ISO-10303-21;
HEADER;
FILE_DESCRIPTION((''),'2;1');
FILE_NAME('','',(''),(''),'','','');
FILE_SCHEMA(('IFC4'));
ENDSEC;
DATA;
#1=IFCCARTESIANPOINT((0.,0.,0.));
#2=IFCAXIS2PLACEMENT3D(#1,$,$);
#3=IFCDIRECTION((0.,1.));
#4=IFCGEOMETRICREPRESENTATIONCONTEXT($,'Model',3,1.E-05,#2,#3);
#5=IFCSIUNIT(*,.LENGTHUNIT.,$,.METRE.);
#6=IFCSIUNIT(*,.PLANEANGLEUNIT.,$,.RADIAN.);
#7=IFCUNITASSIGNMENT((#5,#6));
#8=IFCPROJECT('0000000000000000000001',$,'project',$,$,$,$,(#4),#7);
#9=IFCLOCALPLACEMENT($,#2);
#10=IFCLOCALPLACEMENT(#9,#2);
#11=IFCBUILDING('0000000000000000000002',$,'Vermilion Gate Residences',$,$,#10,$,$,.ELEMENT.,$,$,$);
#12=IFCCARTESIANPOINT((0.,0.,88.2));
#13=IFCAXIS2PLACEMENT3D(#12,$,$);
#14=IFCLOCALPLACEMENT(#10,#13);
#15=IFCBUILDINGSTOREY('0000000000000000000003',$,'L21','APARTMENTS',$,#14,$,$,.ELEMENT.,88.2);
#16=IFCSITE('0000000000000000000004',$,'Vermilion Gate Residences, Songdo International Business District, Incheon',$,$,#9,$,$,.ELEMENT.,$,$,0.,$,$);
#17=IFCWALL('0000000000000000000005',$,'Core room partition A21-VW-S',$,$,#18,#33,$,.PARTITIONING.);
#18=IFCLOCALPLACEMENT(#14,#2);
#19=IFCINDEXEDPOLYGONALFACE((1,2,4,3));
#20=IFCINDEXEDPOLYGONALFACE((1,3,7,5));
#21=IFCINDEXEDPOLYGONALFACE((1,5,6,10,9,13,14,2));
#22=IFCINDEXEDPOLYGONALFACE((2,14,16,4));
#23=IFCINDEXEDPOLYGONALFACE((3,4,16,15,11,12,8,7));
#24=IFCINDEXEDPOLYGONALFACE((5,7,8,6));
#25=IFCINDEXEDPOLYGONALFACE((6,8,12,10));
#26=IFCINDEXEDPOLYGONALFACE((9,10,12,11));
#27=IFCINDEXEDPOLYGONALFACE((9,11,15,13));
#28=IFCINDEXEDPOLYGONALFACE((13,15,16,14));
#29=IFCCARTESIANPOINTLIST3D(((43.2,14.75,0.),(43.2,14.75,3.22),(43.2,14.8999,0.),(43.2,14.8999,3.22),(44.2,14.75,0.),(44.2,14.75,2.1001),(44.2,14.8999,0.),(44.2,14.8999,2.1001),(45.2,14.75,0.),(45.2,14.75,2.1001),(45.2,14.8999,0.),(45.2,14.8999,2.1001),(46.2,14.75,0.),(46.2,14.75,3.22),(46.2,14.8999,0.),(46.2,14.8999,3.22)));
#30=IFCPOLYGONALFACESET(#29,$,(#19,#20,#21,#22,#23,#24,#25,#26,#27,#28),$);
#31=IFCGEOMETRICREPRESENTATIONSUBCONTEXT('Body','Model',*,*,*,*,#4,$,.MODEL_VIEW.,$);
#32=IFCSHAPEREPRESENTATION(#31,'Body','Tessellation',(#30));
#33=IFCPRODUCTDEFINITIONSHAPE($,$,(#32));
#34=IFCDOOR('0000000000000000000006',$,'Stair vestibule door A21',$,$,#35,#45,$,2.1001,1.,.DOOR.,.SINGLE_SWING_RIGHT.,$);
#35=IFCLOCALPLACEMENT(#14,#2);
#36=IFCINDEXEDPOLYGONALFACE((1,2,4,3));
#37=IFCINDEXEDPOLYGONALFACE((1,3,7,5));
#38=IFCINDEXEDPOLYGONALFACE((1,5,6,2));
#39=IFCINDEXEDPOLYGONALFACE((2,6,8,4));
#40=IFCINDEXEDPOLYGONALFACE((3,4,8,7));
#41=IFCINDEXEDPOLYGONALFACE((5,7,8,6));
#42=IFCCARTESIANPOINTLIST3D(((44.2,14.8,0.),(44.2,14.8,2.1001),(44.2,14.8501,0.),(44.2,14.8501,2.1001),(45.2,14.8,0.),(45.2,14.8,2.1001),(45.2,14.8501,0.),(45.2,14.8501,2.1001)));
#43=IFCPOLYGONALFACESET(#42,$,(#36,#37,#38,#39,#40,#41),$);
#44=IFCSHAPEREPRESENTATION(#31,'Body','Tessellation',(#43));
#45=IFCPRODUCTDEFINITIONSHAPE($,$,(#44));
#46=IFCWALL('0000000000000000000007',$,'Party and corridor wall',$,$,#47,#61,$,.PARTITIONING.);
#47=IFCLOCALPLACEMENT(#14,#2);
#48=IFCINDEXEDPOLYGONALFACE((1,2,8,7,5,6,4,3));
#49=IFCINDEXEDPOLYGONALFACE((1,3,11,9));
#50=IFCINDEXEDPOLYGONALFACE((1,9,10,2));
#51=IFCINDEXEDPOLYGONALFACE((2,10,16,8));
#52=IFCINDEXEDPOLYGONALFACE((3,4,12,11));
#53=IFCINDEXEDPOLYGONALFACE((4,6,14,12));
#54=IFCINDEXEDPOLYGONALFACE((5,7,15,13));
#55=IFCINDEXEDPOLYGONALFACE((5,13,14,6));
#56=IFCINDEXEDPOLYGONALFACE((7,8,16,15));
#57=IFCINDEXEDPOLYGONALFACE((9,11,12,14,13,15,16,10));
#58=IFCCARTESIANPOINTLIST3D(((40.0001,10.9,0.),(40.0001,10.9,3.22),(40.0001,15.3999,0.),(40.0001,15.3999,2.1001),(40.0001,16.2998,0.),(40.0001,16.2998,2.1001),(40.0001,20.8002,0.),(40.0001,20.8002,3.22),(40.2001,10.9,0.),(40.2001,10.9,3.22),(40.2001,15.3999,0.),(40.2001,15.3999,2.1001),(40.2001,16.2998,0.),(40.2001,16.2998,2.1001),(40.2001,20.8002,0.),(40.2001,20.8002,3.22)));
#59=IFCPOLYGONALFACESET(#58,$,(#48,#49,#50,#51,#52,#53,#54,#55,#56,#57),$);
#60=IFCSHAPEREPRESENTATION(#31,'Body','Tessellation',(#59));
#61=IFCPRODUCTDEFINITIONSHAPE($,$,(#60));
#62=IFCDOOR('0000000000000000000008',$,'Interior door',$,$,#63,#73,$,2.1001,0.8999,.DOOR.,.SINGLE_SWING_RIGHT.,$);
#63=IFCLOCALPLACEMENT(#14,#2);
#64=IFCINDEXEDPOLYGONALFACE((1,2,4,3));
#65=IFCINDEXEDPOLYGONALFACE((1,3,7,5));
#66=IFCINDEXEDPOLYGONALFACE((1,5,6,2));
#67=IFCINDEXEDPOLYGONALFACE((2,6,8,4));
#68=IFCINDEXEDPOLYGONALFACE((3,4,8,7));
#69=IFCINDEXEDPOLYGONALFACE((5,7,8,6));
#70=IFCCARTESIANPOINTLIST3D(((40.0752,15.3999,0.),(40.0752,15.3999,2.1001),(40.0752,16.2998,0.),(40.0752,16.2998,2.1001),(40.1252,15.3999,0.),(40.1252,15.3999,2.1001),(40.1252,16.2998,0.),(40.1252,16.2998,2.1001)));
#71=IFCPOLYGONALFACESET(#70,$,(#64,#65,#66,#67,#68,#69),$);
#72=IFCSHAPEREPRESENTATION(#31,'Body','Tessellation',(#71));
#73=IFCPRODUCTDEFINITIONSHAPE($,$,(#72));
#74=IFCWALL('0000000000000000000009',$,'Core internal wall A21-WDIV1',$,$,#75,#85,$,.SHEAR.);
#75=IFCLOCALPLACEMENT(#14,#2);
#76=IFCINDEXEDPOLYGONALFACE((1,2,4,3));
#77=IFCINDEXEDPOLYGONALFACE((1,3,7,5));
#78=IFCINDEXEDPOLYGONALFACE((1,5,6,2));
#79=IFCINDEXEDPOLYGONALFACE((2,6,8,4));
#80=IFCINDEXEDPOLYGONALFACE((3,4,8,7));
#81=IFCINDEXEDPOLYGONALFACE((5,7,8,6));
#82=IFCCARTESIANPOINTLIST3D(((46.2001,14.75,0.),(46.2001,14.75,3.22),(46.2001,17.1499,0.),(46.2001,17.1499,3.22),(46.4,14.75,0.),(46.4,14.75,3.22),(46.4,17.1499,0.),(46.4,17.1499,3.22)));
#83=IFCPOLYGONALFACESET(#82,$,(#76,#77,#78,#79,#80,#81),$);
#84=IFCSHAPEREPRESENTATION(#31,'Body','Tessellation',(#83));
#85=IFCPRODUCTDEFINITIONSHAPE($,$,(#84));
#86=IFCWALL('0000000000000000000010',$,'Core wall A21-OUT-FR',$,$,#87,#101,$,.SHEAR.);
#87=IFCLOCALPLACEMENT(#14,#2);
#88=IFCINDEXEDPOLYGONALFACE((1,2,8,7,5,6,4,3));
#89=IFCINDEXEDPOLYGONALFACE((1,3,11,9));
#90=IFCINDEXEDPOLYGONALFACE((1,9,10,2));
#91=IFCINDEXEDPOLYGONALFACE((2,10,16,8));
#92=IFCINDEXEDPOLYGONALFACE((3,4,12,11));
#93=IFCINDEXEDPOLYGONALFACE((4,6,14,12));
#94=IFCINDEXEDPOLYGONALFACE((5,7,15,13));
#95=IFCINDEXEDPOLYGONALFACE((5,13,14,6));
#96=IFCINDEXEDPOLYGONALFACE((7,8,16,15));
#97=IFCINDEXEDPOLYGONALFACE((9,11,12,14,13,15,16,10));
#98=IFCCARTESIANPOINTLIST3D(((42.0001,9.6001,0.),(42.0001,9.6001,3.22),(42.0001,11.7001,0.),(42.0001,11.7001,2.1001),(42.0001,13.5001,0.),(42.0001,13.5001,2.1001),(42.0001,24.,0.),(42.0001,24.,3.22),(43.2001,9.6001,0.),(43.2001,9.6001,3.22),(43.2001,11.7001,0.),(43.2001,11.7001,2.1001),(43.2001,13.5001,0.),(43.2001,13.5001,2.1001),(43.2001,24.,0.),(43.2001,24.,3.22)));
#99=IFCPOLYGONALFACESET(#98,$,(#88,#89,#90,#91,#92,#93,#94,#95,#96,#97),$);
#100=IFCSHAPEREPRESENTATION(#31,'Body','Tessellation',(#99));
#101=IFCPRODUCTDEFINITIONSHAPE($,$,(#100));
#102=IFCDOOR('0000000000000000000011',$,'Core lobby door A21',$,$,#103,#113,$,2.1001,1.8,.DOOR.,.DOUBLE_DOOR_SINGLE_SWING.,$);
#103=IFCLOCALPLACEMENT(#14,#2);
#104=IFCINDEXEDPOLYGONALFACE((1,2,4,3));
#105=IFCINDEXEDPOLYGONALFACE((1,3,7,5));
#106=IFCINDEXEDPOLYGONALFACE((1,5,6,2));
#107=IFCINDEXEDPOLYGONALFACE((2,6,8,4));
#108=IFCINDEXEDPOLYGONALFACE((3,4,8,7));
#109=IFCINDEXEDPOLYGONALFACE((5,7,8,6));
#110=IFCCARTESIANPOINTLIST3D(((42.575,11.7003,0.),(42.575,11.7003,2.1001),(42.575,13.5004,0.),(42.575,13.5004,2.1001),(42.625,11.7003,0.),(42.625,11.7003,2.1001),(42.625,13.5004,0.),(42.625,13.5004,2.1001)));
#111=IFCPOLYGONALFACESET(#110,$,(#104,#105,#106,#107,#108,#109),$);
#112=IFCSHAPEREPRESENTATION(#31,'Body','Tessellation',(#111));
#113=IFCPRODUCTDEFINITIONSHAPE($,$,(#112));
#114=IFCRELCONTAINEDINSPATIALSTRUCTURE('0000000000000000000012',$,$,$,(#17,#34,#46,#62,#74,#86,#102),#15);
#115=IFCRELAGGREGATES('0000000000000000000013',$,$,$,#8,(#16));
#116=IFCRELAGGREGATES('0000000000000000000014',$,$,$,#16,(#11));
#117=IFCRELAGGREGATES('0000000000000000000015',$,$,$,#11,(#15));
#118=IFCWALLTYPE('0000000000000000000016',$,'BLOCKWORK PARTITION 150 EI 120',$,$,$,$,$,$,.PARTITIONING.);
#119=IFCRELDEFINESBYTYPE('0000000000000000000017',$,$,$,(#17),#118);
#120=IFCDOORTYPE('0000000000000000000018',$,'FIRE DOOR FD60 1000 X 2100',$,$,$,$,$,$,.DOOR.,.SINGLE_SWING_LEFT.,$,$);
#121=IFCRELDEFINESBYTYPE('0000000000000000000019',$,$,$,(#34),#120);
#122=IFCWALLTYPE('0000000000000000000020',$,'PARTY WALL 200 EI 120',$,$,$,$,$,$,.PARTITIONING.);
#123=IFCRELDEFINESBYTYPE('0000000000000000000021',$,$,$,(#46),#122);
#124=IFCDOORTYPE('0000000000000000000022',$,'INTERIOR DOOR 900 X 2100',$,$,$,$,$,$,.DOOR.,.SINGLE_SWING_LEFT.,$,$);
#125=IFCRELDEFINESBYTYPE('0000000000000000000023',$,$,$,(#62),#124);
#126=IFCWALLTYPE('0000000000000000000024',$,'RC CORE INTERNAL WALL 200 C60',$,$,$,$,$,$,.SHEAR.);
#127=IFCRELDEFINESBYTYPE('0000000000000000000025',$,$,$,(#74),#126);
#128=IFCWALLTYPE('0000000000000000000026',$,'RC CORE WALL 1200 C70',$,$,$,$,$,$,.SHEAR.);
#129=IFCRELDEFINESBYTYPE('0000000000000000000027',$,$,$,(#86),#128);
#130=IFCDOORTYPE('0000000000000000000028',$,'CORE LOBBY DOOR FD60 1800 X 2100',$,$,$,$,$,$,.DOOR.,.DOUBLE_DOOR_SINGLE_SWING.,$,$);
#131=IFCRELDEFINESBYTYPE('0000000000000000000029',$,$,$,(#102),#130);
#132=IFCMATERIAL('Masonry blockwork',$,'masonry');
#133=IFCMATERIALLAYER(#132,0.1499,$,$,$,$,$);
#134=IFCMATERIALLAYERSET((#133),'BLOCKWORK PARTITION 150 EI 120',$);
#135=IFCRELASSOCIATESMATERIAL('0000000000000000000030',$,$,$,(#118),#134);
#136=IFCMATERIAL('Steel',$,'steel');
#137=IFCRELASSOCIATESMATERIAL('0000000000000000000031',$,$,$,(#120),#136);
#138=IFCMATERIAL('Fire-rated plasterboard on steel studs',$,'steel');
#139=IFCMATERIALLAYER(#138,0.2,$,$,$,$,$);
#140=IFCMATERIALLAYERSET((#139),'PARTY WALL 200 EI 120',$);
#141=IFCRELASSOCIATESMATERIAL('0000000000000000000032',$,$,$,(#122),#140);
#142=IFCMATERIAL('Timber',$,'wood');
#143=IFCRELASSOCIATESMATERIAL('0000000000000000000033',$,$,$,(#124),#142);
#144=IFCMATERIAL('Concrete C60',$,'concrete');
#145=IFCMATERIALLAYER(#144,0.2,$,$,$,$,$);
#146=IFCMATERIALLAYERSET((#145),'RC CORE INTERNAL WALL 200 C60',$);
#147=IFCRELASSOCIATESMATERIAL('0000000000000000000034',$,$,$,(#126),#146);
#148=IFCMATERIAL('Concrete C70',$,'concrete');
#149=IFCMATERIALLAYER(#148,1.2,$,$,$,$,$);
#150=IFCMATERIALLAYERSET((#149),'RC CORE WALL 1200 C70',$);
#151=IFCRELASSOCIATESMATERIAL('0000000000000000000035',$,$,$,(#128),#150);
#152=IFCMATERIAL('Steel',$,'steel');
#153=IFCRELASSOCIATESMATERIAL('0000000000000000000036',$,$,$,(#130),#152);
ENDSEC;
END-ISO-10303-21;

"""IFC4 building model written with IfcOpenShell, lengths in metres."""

from ifc_helpers import new_model, si_unit, direction, frame, frame_2d, origin, place, context, subcontext, project, spatial, rectangle, extrude, material, layer, layer_set, type_object, element, fill, save


model = new_model("IFC4")

# Units and contexts
model_context = context("Model", 3, precision=1e-05, world=origin(), true_north=direction((0.0, 1.0)))
body_context = subcontext(model_context, "Body", "Model", "MODEL_VIEW")
ifc_project = project(units=[si_unit("LENGTHUNIT", "METRE"), si_unit("PLANEANGLEUNIT", "RADIAN")], contexts=[model_context])

# Site, building, storey
site_placement = place(None, origin())
site = spatial("IfcSite", under=ifc_project, at=site_placement, Name="Vermilion Gate Residences, Songdo International Business District, Incheon", CompositionType="ELEMENT", RefElevation=0.0)
building_placement = place(site_placement, origin())
building = spatial("IfcBuilding", under=site, at=building_placement, Name="Vermilion Gate Residences", CompositionType="ELEMENT")
storey_placement = place(building_placement, frame((0.0, 0.0, 88.2)))
storey = spatial("IfcBuildingStorey", under=building, at=storey_placement, Name="L21", Description="APARTMENTS", CompositionType="ELEMENT", Elevation=88.2)

# Walls, openings, doors
ifc_material_1 = material(Name="Masonry blockwork", Category="masonry")
ifc_layer_1 = layer(ifc_material_1, 0.1499)
ifc_layer_set_1 = layer_set([ifc_layer_1], Name="BLOCKWORK PARTITION 150 EI 120")
wall_type_1 = type_object("IfcWallType", Name="BLOCKWORK PARTITION 150 EI 120", PredefinedType="PARTITIONING", material=ifc_layer_set_1)
wall_1_placement = place(storey_placement, frame((43.2, 14.825, 0.0), z_axis=(0.0, 0.0, 1.0), x_axis=(1.0, 0.0, 0.0)))
wall_1 = element("IfcWall", 1, at=wall_1_placement, inside=storey, type_object=wall_type_1, Name="Core room partition A21-VW-S", PredefinedType="PARTITIONING", context=body_context, shape_type="SweptSolid", body=[
    extrude(rectangle(XDim=3.0, YDim=0.1499, at=frame_2d((1.5, 0.0))), origin(), (0.0, 0.0, 1.0), 3.22),
])
opening_1_placement = place(wall_1_placement, frame((1.0, 0.0, 0.0)))
opening_1 = element("IfcOpeningElement", 2, at=opening_1_placement, cuts=wall_1, PredefinedType="OPENING", context=body_context, shape_type="SweptSolid", body=[
    extrude(rectangle(XDim=1.0, YDim=2.1001, at=frame_2d((0.5, 1.05))), frame((0.0, 0.085, 0.0), z_axis=(0.0, -1.0, 0.0), x_axis=(1.0, 0.0, 0.0)), (0.0, 0.0, 1.0), 0.1699),
])
ifc_material_2 = material(Name="Steel", Category="steel")
door_type_1 = type_object("IfcDoorType", Name="FIRE DOOR FD60 1000 X 2100", OperationType="SINGLE_SWING_LEFT", PredefinedType="DOOR", material=ifc_material_2)
door_1_placement = place(opening_1_placement, frame((1.0, 0.0, 0.0), z_axis=(0.0, 0.0, 1.0), x_axis=(-1.0, 0.0, 0.0)))
door_1 = element("IfcDoor", 3, at=door_1_placement, inside=storey, type_object=door_type_1, Name="Stair vestibule door A21", OperationType="SINGLE_SWING_RIGHT", OverallHeight=2.1001, OverallWidth=1.0, PredefinedType="DOOR", context=body_context, shape_type="SweptSolid", body=[
    extrude(rectangle(XDim=1.0, YDim=2.1001, at=frame_2d((0.5, 1.05))), frame((0.0, 0.0249, 0.0), z_axis=(0.0, -1.0, 0.0), x_axis=(1.0, 0.0, 0.0)), (0.0, 0.0, 1.0), 0.05),
])
fill(opening_1, door_1)
ifc_material_3 = material(Name="Fire-rated plasterboard on steel studs", Category="steel")
ifc_layer_2 = layer(ifc_material_3, 0.2)
ifc_layer_set_2 = layer_set([ifc_layer_2], Name="PARTY WALL 200 EI 120")
wall_type_2 = type_object("IfcWallType", Name="PARTY WALL 200 EI 120", PredefinedType="PARTITIONING", material=ifc_layer_set_2)
wall_2_placement = place(storey_placement, frame((40.1001, 10.8999, 0.0), z_axis=(0.0, 0.0, 1.0), x_axis=(0.0, 1.0, 0.0)))
wall_2 = element("IfcWall", 4, at=wall_2_placement, inside=storey, type_object=wall_type_2, Name="Party and corridor wall", PredefinedType="PARTITIONING", context=body_context, shape_type="SweptSolid", body=[
    extrude(rectangle(XDim=9.9001, YDim=0.2, at=frame_2d((4.9502, 0.0))), origin(), (0.0, 0.0, 1.0), 3.22),
])
opening_2_placement = place(wall_2_placement, frame((4.5, 0.0, 0.0)))
opening_2 = element("IfcOpeningElement", 5, at=opening_2_placement, cuts=wall_2, PredefinedType="OPENING", context=body_context, shape_type="SweptSolid", body=[
    extrude(rectangle(XDim=0.8999, YDim=2.1001, at=frame_2d((0.45, 1.05))), frame((0.0, 0.1099, 0.0), z_axis=(0.0, -1.0, 0.0), x_axis=(1.0, 0.0, 0.0)), (0.0, 0.0, 1.0), 0.22),
])
ifc_material_4 = material(Name="Timber", Category="wood")
door_type_2 = type_object("IfcDoorType", Name="INTERIOR DOOR 900 X 2100", OperationType="SINGLE_SWING_LEFT", PredefinedType="DOOR", material=ifc_material_4)
door_2_placement = place(opening_2_placement, origin())
door_2 = element("IfcDoor", 6, at=door_2_placement, inside=storey, type_object=door_type_2, Name="Interior door", OperationType="SINGLE_SWING_RIGHT", OverallHeight=2.1001, OverallWidth=0.8999, PredefinedType="DOOR", context=body_context, shape_type="SweptSolid", body=[
    extrude(rectangle(XDim=0.8999, YDim=2.1001, at=frame_2d((0.45, 1.05))), frame((0.0, 0.0249, 0.0), z_axis=(0.0, -1.0, 0.0), x_axis=(1.0, 0.0, 0.0)), (0.0, 0.0, 1.0), 0.05),
])
fill(opening_2, door_2)

# Wall
ifc_material_5 = material(Name="Concrete C60", Category="concrete")
ifc_layer_3 = layer(ifc_material_5, 0.2)
ifc_layer_set_3 = layer_set([ifc_layer_3], Name="RC CORE INTERNAL WALL 200 C60")
wall_type_3 = type_object("IfcWallType", Name="RC CORE INTERNAL WALL 200 C60", PredefinedType="SHEAR", material=ifc_layer_set_3)
wall_3_placement = place(storey_placement, frame((46.3, 14.75, 0.0), z_axis=(0.0, 0.0, 1.0), x_axis=(0.0, 1.0, 0.0)))
element("IfcWall", 7, at=wall_3_placement, inside=storey, type_object=wall_type_3, Name="Core internal wall A21-WDIV1", PredefinedType="SHEAR", context=body_context, shape_type="SweptSolid", body=[
    extrude(rectangle(XDim=2.3999, YDim=0.2, at=frame_2d((1.2, 0.0))), origin(), (0.0, 0.0, 1.0), 3.22),
])

# Wall, opening, door
ifc_material_6 = material(Name="Concrete C70", Category="concrete")
ifc_layer_4 = layer(ifc_material_6, 1.2)
ifc_layer_set_4 = layer_set([ifc_layer_4], Name="RC CORE WALL 1200 C70")
wall_type_4 = type_object("IfcWallType", Name="RC CORE WALL 1200 C70", PredefinedType="SHEAR", material=ifc_layer_set_4)
wall_4_placement = place(storey_placement, frame((42.6001, 9.6001, 0.0), z_axis=(0.0, 0.0, 1.0), x_axis=(0.0, 1.0, 0.0)))
wall_4 = element("IfcWall", 8, at=wall_4_placement, inside=storey, type_object=wall_type_4, Name="Core wall A21-OUT-FR", PredefinedType="SHEAR", context=body_context, shape_type="SweptSolid", body=[
    extrude(rectangle(XDim=14.3999, YDim=1.2, at=frame_2d((7.2, 0.0))), origin(), (0.0, 0.0, 1.0), 3.22),
])
opening_3_placement = place(wall_4_placement, frame((2.1001, 0.0, 0.0)))
opening_3 = element("IfcOpeningElement", 9, at=opening_3_placement, cuts=wall_4, PredefinedType="OPENING", context=body_context, shape_type="SweptSolid", body=[
    extrude(rectangle(XDim=1.8, YDim=2.1001, at=frame_2d((0.8999, 1.05))), frame((0.0, 0.6099, 0.0), z_axis=(0.0, -1.0, 0.0), x_axis=(1.0, 0.0, 0.0)), (0.0, 0.0, 1.0), 1.22),
])
ifc_material_7 = material(Name="Steel", Category="steel")
door_type_3 = type_object("IfcDoorType", Name="CORE LOBBY DOOR FD60 1800 X 2100", OperationType="DOUBLE_DOOR_SINGLE_SWING", PredefinedType="DOOR", material=ifc_material_7)
door_3_placement = place(opening_3_placement, frame((1.8, 0.0, 0.0), z_axis=(0.0, 0.0, 1.0), x_axis=(-1.0, 0.0, 0.0)))
door_3 = element("IfcDoor", 10, at=door_3_placement, inside=storey, type_object=door_type_3, Name="Core lobby door A21", OperationType="DOUBLE_DOOR_SINGLE_SWING", OverallHeight=2.1001, OverallWidth=1.8, PredefinedType="DOOR", context=body_context, shape_type="SweptSolid", body=[
    extrude(rectangle(XDim=1.8, YDim=2.1001, at=frame_2d((0.8999, 1.05))), frame((0.0, 0.0249, 0.0), z_axis=(0.0, -1.0, 0.0), x_axis=(1.0, 0.0, 0.0)), (0.0, 0.0, 1.0), 0.05),
])
fill(opening_3, door_3)

save(model, "model.ifc")
